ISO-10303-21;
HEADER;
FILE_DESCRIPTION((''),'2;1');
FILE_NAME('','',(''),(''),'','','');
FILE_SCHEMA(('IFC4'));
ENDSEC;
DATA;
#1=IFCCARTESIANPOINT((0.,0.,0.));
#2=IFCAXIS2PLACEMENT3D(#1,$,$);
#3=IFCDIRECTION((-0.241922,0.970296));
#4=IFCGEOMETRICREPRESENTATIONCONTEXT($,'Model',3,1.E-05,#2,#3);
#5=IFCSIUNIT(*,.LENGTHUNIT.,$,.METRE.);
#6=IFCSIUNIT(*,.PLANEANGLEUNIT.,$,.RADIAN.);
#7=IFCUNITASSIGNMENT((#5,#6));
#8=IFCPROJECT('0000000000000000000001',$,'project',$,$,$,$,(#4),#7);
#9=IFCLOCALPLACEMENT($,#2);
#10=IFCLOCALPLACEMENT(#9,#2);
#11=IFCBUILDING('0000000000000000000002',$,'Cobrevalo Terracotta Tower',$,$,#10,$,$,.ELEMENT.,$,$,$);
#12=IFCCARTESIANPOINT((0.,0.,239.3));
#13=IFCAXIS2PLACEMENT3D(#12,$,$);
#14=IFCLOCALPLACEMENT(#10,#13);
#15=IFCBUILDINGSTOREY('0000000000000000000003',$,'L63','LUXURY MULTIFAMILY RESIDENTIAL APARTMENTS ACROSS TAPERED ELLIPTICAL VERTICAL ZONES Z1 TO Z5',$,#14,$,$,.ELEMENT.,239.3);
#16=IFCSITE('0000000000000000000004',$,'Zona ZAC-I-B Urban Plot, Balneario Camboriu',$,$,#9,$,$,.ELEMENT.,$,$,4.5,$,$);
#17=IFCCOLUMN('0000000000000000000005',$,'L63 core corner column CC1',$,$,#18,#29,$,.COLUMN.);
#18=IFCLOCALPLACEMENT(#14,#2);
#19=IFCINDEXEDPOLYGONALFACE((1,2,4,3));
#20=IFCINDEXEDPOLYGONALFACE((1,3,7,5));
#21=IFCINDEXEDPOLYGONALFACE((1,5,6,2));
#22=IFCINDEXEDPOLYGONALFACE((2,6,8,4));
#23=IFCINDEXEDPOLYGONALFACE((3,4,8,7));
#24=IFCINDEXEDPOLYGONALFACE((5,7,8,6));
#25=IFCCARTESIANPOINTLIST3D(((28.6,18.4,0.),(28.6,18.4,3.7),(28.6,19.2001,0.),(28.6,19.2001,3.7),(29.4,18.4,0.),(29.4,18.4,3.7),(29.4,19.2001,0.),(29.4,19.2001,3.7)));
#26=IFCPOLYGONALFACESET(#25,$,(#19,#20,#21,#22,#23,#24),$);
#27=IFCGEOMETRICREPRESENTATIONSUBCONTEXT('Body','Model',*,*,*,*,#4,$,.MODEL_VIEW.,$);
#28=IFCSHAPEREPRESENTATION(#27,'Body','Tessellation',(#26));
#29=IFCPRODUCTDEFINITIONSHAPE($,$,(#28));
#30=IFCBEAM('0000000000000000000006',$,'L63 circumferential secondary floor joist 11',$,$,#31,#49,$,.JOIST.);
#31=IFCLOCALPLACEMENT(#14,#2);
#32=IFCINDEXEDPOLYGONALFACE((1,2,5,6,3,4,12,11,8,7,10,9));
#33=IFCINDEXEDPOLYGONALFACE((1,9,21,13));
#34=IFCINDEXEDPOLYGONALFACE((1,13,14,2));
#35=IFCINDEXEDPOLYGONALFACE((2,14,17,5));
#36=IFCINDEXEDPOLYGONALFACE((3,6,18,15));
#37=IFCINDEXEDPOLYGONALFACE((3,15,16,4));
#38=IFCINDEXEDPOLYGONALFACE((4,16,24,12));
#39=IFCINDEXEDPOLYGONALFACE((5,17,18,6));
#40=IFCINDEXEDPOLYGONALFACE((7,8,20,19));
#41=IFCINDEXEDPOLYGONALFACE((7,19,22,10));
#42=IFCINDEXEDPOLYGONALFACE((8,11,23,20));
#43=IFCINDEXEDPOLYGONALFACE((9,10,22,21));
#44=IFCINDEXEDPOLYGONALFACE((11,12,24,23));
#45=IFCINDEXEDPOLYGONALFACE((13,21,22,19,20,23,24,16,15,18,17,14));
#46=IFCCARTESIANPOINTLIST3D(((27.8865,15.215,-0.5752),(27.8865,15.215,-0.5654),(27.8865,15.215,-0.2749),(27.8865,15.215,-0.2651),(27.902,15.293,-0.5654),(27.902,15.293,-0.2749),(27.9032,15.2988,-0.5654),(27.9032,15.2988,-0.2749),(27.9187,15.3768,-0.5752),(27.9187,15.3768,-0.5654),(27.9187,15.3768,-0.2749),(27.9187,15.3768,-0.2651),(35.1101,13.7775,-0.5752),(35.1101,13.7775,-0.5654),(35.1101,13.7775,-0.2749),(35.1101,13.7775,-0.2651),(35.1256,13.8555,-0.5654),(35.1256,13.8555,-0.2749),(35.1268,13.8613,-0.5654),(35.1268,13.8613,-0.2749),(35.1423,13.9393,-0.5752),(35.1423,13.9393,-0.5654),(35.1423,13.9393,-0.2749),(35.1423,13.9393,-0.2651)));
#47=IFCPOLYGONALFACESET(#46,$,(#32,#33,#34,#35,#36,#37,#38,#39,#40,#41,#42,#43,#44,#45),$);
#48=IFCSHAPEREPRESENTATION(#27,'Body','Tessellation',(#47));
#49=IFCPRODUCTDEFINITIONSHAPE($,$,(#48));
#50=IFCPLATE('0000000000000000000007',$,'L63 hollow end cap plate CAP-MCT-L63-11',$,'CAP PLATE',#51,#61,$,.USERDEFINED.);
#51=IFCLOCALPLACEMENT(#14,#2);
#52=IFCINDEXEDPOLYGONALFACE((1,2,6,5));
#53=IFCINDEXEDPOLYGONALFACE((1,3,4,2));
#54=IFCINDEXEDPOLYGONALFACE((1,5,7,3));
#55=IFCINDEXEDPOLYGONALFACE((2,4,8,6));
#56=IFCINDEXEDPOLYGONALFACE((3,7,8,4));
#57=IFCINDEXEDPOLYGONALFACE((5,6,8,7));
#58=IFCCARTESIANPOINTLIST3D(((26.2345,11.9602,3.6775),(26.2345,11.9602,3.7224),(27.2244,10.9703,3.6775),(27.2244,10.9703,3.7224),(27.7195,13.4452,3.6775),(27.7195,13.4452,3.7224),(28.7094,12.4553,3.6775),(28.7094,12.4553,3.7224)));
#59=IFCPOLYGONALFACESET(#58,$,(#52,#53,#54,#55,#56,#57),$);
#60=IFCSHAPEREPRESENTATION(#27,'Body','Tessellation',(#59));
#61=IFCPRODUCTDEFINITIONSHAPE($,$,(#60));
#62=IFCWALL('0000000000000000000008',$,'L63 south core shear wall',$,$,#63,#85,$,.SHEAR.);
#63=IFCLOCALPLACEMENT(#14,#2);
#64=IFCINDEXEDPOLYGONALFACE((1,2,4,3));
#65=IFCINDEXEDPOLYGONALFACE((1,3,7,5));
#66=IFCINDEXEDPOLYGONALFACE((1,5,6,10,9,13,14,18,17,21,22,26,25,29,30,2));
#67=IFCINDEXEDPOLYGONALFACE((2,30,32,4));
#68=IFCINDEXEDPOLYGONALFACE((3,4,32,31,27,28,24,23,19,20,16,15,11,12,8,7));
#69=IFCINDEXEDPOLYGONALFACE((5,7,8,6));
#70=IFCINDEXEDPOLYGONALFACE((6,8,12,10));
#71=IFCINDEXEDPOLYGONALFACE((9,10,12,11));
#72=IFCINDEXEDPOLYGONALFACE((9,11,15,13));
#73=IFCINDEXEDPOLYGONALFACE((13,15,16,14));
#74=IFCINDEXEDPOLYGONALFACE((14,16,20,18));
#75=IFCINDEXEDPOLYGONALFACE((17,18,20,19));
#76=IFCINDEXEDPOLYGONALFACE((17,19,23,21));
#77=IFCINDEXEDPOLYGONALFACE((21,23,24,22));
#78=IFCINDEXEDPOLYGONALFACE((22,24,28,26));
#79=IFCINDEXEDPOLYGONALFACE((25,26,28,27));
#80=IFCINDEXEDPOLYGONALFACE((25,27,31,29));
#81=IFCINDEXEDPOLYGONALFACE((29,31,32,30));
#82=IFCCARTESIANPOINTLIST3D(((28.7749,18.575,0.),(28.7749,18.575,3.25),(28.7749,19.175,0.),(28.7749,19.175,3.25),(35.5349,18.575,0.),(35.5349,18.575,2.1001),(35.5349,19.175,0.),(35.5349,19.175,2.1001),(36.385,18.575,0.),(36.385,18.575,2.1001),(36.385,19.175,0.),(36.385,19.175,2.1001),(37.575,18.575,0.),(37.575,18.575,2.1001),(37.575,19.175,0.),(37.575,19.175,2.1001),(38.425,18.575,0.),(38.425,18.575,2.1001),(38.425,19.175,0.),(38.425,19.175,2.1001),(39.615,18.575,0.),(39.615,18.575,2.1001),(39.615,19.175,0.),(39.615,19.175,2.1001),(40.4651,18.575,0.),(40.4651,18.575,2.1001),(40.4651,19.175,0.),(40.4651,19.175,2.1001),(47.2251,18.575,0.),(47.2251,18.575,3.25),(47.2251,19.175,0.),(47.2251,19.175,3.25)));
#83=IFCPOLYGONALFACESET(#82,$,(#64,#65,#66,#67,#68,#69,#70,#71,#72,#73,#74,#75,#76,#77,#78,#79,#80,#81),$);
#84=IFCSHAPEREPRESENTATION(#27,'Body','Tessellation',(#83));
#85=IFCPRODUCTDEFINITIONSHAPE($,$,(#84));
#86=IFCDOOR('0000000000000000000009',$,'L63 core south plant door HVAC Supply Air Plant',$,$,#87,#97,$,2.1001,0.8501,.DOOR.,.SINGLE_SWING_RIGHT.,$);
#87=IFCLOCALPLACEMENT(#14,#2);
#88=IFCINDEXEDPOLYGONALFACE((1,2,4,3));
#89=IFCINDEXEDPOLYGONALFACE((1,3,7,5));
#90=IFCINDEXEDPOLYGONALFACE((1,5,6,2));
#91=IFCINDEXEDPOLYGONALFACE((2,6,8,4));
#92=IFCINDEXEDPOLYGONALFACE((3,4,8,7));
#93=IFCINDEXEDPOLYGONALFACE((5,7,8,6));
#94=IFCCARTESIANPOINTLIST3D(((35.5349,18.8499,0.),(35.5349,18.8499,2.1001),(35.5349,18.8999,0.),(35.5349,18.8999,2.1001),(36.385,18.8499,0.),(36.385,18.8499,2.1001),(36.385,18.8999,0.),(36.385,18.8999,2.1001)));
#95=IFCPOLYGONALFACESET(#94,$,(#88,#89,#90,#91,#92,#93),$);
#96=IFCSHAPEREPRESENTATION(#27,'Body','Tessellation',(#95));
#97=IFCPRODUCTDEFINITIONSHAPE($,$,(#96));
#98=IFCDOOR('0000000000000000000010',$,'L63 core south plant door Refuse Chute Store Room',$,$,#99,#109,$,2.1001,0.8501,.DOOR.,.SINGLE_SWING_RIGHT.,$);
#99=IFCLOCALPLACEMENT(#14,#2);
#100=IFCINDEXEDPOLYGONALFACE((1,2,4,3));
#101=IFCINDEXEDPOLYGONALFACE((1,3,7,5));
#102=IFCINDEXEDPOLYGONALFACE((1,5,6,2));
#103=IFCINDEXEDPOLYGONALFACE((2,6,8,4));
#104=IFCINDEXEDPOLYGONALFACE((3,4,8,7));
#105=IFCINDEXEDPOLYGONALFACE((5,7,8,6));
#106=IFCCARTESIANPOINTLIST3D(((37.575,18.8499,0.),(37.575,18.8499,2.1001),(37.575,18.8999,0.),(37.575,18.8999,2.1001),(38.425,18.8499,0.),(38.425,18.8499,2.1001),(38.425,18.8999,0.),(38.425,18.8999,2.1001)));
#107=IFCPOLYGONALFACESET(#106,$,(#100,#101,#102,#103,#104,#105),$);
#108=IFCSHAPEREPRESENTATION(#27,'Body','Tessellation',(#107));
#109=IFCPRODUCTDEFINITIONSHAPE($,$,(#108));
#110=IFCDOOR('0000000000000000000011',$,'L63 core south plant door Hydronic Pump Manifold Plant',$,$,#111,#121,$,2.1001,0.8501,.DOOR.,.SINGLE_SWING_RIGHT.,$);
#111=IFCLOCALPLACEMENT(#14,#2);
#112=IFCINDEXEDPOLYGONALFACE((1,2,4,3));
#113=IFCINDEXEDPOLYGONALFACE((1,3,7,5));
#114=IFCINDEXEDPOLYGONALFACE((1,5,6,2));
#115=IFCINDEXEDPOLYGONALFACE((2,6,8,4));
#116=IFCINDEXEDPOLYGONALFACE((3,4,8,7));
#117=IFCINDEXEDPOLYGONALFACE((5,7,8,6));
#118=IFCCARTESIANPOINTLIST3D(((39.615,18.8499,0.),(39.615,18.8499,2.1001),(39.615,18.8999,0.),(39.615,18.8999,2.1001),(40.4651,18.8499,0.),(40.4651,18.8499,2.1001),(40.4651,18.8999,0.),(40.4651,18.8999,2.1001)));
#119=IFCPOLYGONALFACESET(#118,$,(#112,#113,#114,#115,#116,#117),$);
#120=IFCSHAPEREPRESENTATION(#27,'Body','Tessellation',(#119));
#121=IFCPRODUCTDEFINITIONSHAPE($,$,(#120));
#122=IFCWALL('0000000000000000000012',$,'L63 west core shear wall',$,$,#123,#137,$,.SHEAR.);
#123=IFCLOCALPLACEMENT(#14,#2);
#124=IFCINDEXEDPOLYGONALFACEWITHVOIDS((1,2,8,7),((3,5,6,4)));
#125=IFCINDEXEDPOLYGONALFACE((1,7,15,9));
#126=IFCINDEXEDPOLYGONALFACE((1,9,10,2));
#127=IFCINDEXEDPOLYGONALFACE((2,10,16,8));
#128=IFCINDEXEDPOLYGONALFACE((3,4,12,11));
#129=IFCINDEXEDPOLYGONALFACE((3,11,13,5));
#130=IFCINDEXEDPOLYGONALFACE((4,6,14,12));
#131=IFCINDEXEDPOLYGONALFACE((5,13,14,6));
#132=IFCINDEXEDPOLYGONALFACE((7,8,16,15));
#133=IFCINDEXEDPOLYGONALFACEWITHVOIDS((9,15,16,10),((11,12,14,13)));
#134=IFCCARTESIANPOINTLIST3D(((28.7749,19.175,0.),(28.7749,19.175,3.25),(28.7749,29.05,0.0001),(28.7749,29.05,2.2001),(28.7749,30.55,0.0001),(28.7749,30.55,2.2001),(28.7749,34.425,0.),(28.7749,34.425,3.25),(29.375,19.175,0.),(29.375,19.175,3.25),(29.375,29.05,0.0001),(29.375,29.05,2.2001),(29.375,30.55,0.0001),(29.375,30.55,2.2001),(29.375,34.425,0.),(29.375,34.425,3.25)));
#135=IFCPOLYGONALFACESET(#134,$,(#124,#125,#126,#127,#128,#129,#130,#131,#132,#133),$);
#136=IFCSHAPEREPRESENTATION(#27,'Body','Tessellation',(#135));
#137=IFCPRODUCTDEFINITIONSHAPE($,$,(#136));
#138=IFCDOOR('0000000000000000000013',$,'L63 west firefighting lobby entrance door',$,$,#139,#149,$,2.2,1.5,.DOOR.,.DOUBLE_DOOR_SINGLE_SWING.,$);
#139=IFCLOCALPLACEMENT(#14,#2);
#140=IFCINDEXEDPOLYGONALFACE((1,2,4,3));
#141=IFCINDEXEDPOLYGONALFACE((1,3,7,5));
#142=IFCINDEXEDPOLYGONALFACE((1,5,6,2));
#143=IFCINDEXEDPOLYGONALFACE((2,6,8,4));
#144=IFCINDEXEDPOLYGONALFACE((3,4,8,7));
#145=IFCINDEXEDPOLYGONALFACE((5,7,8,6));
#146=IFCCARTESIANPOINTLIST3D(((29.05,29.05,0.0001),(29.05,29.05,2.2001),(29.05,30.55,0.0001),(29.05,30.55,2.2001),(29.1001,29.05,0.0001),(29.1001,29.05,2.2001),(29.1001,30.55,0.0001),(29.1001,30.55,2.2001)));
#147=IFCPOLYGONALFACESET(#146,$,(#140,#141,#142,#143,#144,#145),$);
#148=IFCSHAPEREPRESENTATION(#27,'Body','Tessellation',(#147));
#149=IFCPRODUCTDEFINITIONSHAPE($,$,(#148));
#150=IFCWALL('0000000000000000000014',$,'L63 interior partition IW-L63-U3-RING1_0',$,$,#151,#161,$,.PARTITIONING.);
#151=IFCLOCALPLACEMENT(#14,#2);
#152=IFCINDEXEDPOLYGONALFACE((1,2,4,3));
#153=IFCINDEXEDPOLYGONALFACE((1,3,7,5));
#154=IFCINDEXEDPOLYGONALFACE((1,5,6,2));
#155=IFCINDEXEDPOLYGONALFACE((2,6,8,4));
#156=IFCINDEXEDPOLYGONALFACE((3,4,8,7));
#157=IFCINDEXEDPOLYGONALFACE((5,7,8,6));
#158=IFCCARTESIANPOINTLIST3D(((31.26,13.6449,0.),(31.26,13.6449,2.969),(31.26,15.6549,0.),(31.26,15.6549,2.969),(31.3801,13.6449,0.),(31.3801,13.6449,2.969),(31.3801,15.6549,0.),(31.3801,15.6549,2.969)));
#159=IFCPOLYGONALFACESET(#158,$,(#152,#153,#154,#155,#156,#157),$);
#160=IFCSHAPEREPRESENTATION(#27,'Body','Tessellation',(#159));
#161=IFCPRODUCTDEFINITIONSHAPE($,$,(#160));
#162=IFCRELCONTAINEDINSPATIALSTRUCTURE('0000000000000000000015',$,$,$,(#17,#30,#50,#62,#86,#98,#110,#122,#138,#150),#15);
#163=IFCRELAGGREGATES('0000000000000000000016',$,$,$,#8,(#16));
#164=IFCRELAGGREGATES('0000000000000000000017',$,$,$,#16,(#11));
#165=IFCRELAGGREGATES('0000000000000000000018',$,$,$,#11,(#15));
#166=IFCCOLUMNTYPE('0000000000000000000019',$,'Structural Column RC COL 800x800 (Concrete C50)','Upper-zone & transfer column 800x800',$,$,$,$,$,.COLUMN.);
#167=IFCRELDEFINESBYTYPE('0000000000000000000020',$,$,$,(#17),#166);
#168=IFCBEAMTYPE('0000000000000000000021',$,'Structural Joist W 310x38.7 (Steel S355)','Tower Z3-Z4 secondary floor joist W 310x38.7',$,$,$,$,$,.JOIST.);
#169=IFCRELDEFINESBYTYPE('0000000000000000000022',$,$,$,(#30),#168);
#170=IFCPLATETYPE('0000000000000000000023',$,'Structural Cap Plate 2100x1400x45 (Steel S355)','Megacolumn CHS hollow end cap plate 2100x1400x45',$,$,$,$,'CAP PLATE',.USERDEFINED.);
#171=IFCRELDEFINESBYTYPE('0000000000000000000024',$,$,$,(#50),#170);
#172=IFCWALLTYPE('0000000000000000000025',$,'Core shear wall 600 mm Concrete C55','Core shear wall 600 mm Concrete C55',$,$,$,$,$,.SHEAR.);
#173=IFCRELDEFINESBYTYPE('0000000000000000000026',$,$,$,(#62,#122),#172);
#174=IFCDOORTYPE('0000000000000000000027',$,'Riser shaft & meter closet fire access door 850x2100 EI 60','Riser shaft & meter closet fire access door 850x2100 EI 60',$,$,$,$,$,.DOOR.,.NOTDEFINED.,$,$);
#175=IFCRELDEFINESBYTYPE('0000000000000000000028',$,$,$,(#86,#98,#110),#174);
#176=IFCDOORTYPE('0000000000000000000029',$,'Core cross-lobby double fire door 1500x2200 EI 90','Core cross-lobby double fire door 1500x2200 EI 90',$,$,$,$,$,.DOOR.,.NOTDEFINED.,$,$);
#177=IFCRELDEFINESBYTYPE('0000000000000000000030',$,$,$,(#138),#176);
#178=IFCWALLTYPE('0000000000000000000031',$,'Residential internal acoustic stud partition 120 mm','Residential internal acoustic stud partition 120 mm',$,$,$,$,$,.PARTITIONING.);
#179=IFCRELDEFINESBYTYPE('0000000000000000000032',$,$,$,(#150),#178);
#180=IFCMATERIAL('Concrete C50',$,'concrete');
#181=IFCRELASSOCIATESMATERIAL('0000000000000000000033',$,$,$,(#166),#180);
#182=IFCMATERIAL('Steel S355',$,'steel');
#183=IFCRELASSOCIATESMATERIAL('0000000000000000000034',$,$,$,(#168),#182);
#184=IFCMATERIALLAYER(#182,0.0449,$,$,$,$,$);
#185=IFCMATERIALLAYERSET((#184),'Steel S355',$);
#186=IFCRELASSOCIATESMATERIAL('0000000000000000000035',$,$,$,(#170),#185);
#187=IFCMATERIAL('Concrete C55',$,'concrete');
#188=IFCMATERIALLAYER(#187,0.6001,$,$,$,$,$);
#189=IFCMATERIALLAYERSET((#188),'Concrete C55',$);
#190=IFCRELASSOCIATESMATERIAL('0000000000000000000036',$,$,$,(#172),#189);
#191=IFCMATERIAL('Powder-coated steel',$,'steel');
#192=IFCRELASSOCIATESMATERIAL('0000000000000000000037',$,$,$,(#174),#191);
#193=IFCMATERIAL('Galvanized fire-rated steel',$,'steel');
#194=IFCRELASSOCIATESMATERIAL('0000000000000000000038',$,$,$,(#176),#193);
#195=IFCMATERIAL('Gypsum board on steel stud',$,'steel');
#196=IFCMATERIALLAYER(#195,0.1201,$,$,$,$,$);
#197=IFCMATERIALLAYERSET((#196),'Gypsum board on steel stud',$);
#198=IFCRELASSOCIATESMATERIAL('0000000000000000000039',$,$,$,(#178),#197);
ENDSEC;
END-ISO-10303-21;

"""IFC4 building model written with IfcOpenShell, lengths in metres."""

from ifc_helpers import new_model, si_unit, direction, frame, frame_2d, origin, origin_2d, place, context, subcontext, project, spatial, rectangle, i_section, extrude, source, transform, mapped, material, layer, layer_set, material_profile, profile_set, type_object, element, fill, save


model = new_model("IFC4")

# Units and contexts
model_context = context("Model", 3, precision=1e-05, world=origin(), true_north=direction((-0.241922, 0.970296)))
body_context = subcontext(model_context, "Body", "Model", "MODEL_VIEW")
ifc_project = project(units=[si_unit("LENGTHUNIT", "METRE"), si_unit("PLANEANGLEUNIT", "RADIAN")], contexts=[model_context])

# Site, building, storey
site_placement = place(None, origin())
site = spatial("IfcSite", under=ifc_project, at=site_placement, Name="Zona ZAC-I-B Urban Plot, Balneario Camboriu", CompositionType="ELEMENT", RefElevation=4.5)
building_placement = place(site_placement, origin())
building = spatial("IfcBuilding", under=site, at=building_placement, Name="Cobrevalo Terracotta Tower", CompositionType="ELEMENT")
storey_placement = place(building_placement, frame((0.0, 0.0, 239.3)))
storey = spatial("IfcBuildingStorey", under=building, at=storey_placement, Name="L63", Description="LUXURY MULTIFAMILY RESIDENTIAL APARTMENTS ACROSS TAPERED ELLIPTICAL VERTICAL ZONES Z1 TO Z5", CompositionType="ELEMENT", Elevation=239.3)

# Column
ifc_material_1 = material(Name="Concrete C50", Category="concrete")
ifc_material_profile_1 = material_profile(ifc_material_1, rectangle(XDim=0.8, YDim=0.8, at=origin_2d()), Name="RC COL 800x800")
ifc_profile_set_1 = profile_set([ifc_material_profile_1], Name="Concrete C50")
column_type = type_object("IfcColumnType", Name="Structural Column RC COL 800x800 (Concrete C50)", Description="Upper-zone & transfer column 800x800", PredefinedType="COLUMN", material=ifc_profile_set_1)
column_placement = place(storey_placement, frame((29.0, 18.8, 0.0), z_axis=(0.0, 0.0, 1.0), x_axis=(1.0, 0.0, 0.0)))
element("IfcColumn", 1, at=column_placement, inside=storey, type_object=column_type, Name="L63 core corner column CC1", PredefinedType="COLUMN", context=body_context, shape_type="SweptSolid", body=[
    extrude(rectangle(XDim=0.8, YDim=0.8, at=origin_2d()), origin(), (0.0, 0.0, 1.0), 3.7),
])

# Beam
ifc_material_2 = material(Name="Steel S355", Category="steel")
ifc_material_profile_2 = material_profile(ifc_material_2, i_section(OverallWidth=0.165, OverallDepth=0.3101, WebThickness=0.0059, FlangeThickness=0.0098, at=origin_2d()), Name="W 310x38.7")
ifc_profile_set_2 = profile_set([ifc_material_profile_2], Name="Steel S355")
beam_type = type_object("IfcBeamType", Name="Structural Joist W 310x38.7 (Steel S355)", Description="Tower Z3-Z4 secondary floor joist W 310x38.7", PredefinedType="JOIST", material=ifc_profile_set_2)
beam_placement = place(storey_placement, frame((27.9026, 15.2959, -0.4202), z_axis=(0.980769, -0.195173, 0.0), x_axis=(0.195173, 0.980769, 0.0)))
element("IfcBeam", 2, at=beam_placement, inside=storey, type_object=beam_type, Name="L63 circumferential secondary floor joist 11", PredefinedType="JOIST", context=body_context, shape_type="SweptSolid", body=[
    extrude(i_section(OverallWidth=0.165, OverallDepth=0.3101, WebThickness=0.0059, FlangeThickness=0.0098, at=origin_2d()), origin(), (0.0, 0.0, 1.0), 7.3652),
])

# Plate
ifc_layer_1 = layer(ifc_material_2, 0.0449)
ifc_layer_set_1 = layer_set([ifc_layer_1], Name="Steel S355")
plate_type = type_object("IfcPlateType", Name="Structural Cap Plate 2100x1400x45 (Steel S355)", Description="Megacolumn CHS hollow end cap plate 2100x1400x45", ElementType="CAP PLATE", PredefinedType="USERDEFINED", material=ifc_layer_set_1)
shared_shape_1 = source(origin(), body_context, "Body", "SweptSolid", [
    extrude(rectangle(XDim=2.1001, YDim=1.3999, at=origin_2d()), origin(), (0.0, 0.0, 1.0), 0.0449),
])
plate_placement = place(storey_placement, frame((27.4719, 12.2078, 3.6775), z_axis=(0.0, 0.0, 1.0), x_axis=(-0.707107, -0.707107, 0.0)))
element("IfcPlate", 3, at=plate_placement, inside=storey, type_object=plate_type, Name="L63 hollow end cap plate CAP-MCT-L63-11", ObjectType="CAP PLATE", PredefinedType="USERDEFINED", context=body_context, shape_type="MappedRepresentation", body=[
    mapped(shared_shape_1, transform((0.0, 0.0, 0.0), scale=1.0)),
])

# Wall, openings, doors
ifc_material_3 = material(Name="Concrete C55", Category="concrete")
ifc_layer_2 = layer(ifc_material_3, 0.6001)
ifc_layer_set_2 = layer_set([ifc_layer_2], Name="Concrete C55")
wall_type_1 = type_object("IfcWallType", Name="Core shear wall 600 mm Concrete C55", Description="Core shear wall 600 mm Concrete C55", PredefinedType="SHEAR", material=ifc_layer_set_2)
wall_1_placement = place(storey_placement, frame((28.7749, 18.875, 0.0), z_axis=(0.0, 0.0, 1.0), x_axis=(1.0, 0.0, 0.0)))
wall_1 = element("IfcWall", 4, at=wall_1_placement, inside=storey, type_object=wall_type_1, Name="L63 south core shear wall", PredefinedType="SHEAR", context=body_context, shape_type="SweptSolid", body=[
    extrude(rectangle(XDim=18.4502, YDim=0.6001, at=frame_2d((9.2251, 0.0))), origin(), (0.0, 0.0, 1.0), 3.25),
])
opening_1_placement = place(wall_1_placement, frame((6.76, 0.0, 0.0)))
opening_1 = element("IfcOpeningElement", 5, at=opening_1_placement, cuts=wall_1, PredefinedType="OPENING", context=body_context, shape_type="SweptSolid", body=[
    extrude(rectangle(XDim=0.8501, YDim=2.1001, at=frame_2d((0.425, 1.05))), frame((0.0, 0.3101, 0.0), z_axis=(0.0, -1.0, 0.0), x_axis=(1.0, 0.0, 0.0)), (0.0, 0.0, 1.0), 0.6201),
])
opening_2_placement = place(wall_1_placement, frame((8.8, 0.0, 0.0)))
opening_2 = element("IfcOpeningElement", 6, at=opening_2_placement, cuts=wall_1, PredefinedType="OPENING", context=body_context, shape_type="SweptSolid", body=[
    extrude(rectangle(XDim=0.8501, YDim=2.1001, at=frame_2d((0.425, 1.05))), frame((0.0, 0.3101, 0.0), z_axis=(0.0, -1.0, 0.0), x_axis=(1.0, 0.0, 0.0)), (0.0, 0.0, 1.0), 0.6201),
])
opening_3_placement = place(wall_1_placement, frame((10.8401, 0.0, 0.0)))
opening_3 = element("IfcOpeningElement", 7, at=opening_3_placement, cuts=wall_1, PredefinedType="OPENING", context=body_context, shape_type="SweptSolid", body=[
    extrude(rectangle(XDim=0.8501, YDim=2.1001, at=frame_2d((0.425, 1.05))), frame((0.0, 0.3101, 0.0), z_axis=(0.0, -1.0, 0.0), x_axis=(1.0, 0.0, 0.0)), (0.0, 0.0, 1.0), 0.6201),
])
ifc_material_4 = material(Name="Powder-coated steel", Category="steel")
door_type_1 = type_object("IfcDoorType", Name="Riser shaft & meter closet fire access door 850x2100 EI 60", Description="Riser shaft & meter closet fire access door 850x2100 EI 60", OperationType="NOTDEFINED", PredefinedType="DOOR", material=ifc_material_4)
shared_shape_2 = source(origin(), body_context, "Body", "SweptSolid", [
    extrude(rectangle(XDim=0.8501, YDim=2.1001, at=frame_2d((0.425, 1.05))), frame((0.0, 0.0249, 0.0), z_axis=(0.0, -1.0, 0.0), x_axis=(1.0, 0.0, 0.0)), (0.0, 0.0, 1.0), 0.05),
])
door_1_placement = place(opening_1_placement, origin())
door_1 = element("IfcDoor", 8, at=door_1_placement, inside=storey, type_object=door_type_1, Name="L63 core south plant door HVAC Supply Air Plant", OperationType="SINGLE_SWING_RIGHT", OverallHeight=2.1001, OverallWidth=0.8501, PredefinedType="DOOR", context=body_context, shape_type="MappedRepresentation", body=[
    mapped(shared_shape_2, transform((0.0, 0.0, 0.0), scale=1.0)),
])
fill(opening_1, door_1)
door_2_placement = place(opening_2_placement, origin())
door_2 = element("IfcDoor", 9, at=door_2_placement, inside=storey, type_object=door_type_1, Name="L63 core south plant door Refuse Chute Store Room", OperationType="SINGLE_SWING_RIGHT", OverallHeight=2.1001, OverallWidth=0.8501, PredefinedType="DOOR", context=body_context, shape_type="MappedRepresentation", body=[
    mapped(shared_shape_2, transform((0.0, 0.0, 0.0), scale=1.0)),
])
fill(opening_2, door_2)
door_3_placement = place(opening_3_placement, origin())
door_3 = element("IfcDoor", 10, at=door_3_placement, inside=storey, type_object=door_type_1, Name="L63 core south plant door Hydronic Pump Manifold Plant", OperationType="SINGLE_SWING_RIGHT", OverallHeight=2.1001, OverallWidth=0.8501, PredefinedType="DOOR", context=body_context, shape_type="MappedRepresentation", body=[
    mapped(shared_shape_2, transform((0.0, 0.0, 0.0), scale=1.0)),
])
fill(opening_3, door_3)

# Wall, opening, door
wall_2_placement = place(storey_placement, frame((29.075, 19.175, 0.0), z_axis=(0.0, 0.0, 1.0), x_axis=(0.0, 1.0, 0.0)))
wall_2 = element("IfcWall", 11, at=wall_2_placement, inside=storey, type_object=wall_type_1, Name="L63 west core shear wall", PredefinedType="SHEAR", context=body_context, shape_type="SweptSolid", body=[
    extrude(rectangle(XDim=15.25, YDim=0.6001, at=frame_2d((7.625, 0.0))), origin(), (0.0, 0.0, 1.0), 3.25),
])
opening_4_placement = place(wall_2_placement, frame((9.875, 0.0, 0.0)))
opening_4 = element("IfcOpeningElement", 12, at=opening_4_placement, cuts=wall_2, PredefinedType="OPENING", context=body_context, shape_type="SweptSolid", body=[
    extrude(rectangle(XDim=1.5, YDim=2.2, at=frame_2d((0.75, 1.1001))), frame((0.0, 0.3101, 0.0), z_axis=(0.0, -1.0, 0.0), x_axis=(1.0, 0.0, 0.0)), (0.0, 0.0, 1.0), 0.6201),
])
ifc_material_5 = material(Name="Galvanized fire-rated steel", Category="steel")
door_type_2 = type_object("IfcDoorType", Name="Core cross-lobby double fire door 1500x2200 EI 90", Description="Core cross-lobby double fire door 1500x2200 EI 90", OperationType="NOTDEFINED", PredefinedType="DOOR", material=ifc_material_5)
shared_shape_3 = source(origin(), body_context, "Body", "SweptSolid", [
    extrude(rectangle(XDim=1.5, YDim=2.2, at=frame_2d((0.75, 1.1001))), frame((0.0, 0.0249, 0.0), z_axis=(0.0, -1.0, 0.0), x_axis=(1.0, 0.0, 0.0)), (0.0, 0.0, 1.0), 0.05),
])
door_4_placement = place(opening_4_placement, origin())
door_4 = element("IfcDoor", 13, at=door_4_placement, inside=storey, type_object=door_type_2, Name="L63 west firefighting lobby entrance door", OperationType="DOUBLE_DOOR_SINGLE_SWING", OverallHeight=2.2, OverallWidth=1.5, PredefinedType="DOOR", context=body_context, shape_type="MappedRepresentation", body=[
    mapped(shared_shape_3, transform((0.0, 0.0, 0.0), scale=1.0)),
])
fill(opening_4, door_4)

# Wall
ifc_material_6 = material(Name="Gypsum board on steel stud", Category="steel")
ifc_layer_3 = layer(ifc_material_6, 0.1201)
ifc_layer_set_3 = layer_set([ifc_layer_3], Name="Gypsum board on steel stud")
wall_type_2 = type_object("IfcWallType", Name="Residential internal acoustic stud partition 120 mm", Description="Residential internal acoustic stud partition 120 mm", PredefinedType="PARTITIONING", material=ifc_layer_set_3)
wall_3_placement = place(storey_placement, frame((31.3201, 13.645, 0.0), z_axis=(0.0, 0.0, 1.0), x_axis=(0.0, 1.0, 0.0)))
element("IfcWall", 14, at=wall_3_placement, inside=storey, type_object=wall_type_2, Name="L63 interior partition IW-L63-U3-RING1_0", PredefinedType="PARTITIONING", context=body_context, shape_type="SweptSolid", body=[
    extrude(rectangle(XDim=2.01, YDim=0.1201, at=frame_2d((1.0049, 0.0))), origin(), (0.0, 0.0, 1.0), 2.969),
])

save(model, "model.ifc")
